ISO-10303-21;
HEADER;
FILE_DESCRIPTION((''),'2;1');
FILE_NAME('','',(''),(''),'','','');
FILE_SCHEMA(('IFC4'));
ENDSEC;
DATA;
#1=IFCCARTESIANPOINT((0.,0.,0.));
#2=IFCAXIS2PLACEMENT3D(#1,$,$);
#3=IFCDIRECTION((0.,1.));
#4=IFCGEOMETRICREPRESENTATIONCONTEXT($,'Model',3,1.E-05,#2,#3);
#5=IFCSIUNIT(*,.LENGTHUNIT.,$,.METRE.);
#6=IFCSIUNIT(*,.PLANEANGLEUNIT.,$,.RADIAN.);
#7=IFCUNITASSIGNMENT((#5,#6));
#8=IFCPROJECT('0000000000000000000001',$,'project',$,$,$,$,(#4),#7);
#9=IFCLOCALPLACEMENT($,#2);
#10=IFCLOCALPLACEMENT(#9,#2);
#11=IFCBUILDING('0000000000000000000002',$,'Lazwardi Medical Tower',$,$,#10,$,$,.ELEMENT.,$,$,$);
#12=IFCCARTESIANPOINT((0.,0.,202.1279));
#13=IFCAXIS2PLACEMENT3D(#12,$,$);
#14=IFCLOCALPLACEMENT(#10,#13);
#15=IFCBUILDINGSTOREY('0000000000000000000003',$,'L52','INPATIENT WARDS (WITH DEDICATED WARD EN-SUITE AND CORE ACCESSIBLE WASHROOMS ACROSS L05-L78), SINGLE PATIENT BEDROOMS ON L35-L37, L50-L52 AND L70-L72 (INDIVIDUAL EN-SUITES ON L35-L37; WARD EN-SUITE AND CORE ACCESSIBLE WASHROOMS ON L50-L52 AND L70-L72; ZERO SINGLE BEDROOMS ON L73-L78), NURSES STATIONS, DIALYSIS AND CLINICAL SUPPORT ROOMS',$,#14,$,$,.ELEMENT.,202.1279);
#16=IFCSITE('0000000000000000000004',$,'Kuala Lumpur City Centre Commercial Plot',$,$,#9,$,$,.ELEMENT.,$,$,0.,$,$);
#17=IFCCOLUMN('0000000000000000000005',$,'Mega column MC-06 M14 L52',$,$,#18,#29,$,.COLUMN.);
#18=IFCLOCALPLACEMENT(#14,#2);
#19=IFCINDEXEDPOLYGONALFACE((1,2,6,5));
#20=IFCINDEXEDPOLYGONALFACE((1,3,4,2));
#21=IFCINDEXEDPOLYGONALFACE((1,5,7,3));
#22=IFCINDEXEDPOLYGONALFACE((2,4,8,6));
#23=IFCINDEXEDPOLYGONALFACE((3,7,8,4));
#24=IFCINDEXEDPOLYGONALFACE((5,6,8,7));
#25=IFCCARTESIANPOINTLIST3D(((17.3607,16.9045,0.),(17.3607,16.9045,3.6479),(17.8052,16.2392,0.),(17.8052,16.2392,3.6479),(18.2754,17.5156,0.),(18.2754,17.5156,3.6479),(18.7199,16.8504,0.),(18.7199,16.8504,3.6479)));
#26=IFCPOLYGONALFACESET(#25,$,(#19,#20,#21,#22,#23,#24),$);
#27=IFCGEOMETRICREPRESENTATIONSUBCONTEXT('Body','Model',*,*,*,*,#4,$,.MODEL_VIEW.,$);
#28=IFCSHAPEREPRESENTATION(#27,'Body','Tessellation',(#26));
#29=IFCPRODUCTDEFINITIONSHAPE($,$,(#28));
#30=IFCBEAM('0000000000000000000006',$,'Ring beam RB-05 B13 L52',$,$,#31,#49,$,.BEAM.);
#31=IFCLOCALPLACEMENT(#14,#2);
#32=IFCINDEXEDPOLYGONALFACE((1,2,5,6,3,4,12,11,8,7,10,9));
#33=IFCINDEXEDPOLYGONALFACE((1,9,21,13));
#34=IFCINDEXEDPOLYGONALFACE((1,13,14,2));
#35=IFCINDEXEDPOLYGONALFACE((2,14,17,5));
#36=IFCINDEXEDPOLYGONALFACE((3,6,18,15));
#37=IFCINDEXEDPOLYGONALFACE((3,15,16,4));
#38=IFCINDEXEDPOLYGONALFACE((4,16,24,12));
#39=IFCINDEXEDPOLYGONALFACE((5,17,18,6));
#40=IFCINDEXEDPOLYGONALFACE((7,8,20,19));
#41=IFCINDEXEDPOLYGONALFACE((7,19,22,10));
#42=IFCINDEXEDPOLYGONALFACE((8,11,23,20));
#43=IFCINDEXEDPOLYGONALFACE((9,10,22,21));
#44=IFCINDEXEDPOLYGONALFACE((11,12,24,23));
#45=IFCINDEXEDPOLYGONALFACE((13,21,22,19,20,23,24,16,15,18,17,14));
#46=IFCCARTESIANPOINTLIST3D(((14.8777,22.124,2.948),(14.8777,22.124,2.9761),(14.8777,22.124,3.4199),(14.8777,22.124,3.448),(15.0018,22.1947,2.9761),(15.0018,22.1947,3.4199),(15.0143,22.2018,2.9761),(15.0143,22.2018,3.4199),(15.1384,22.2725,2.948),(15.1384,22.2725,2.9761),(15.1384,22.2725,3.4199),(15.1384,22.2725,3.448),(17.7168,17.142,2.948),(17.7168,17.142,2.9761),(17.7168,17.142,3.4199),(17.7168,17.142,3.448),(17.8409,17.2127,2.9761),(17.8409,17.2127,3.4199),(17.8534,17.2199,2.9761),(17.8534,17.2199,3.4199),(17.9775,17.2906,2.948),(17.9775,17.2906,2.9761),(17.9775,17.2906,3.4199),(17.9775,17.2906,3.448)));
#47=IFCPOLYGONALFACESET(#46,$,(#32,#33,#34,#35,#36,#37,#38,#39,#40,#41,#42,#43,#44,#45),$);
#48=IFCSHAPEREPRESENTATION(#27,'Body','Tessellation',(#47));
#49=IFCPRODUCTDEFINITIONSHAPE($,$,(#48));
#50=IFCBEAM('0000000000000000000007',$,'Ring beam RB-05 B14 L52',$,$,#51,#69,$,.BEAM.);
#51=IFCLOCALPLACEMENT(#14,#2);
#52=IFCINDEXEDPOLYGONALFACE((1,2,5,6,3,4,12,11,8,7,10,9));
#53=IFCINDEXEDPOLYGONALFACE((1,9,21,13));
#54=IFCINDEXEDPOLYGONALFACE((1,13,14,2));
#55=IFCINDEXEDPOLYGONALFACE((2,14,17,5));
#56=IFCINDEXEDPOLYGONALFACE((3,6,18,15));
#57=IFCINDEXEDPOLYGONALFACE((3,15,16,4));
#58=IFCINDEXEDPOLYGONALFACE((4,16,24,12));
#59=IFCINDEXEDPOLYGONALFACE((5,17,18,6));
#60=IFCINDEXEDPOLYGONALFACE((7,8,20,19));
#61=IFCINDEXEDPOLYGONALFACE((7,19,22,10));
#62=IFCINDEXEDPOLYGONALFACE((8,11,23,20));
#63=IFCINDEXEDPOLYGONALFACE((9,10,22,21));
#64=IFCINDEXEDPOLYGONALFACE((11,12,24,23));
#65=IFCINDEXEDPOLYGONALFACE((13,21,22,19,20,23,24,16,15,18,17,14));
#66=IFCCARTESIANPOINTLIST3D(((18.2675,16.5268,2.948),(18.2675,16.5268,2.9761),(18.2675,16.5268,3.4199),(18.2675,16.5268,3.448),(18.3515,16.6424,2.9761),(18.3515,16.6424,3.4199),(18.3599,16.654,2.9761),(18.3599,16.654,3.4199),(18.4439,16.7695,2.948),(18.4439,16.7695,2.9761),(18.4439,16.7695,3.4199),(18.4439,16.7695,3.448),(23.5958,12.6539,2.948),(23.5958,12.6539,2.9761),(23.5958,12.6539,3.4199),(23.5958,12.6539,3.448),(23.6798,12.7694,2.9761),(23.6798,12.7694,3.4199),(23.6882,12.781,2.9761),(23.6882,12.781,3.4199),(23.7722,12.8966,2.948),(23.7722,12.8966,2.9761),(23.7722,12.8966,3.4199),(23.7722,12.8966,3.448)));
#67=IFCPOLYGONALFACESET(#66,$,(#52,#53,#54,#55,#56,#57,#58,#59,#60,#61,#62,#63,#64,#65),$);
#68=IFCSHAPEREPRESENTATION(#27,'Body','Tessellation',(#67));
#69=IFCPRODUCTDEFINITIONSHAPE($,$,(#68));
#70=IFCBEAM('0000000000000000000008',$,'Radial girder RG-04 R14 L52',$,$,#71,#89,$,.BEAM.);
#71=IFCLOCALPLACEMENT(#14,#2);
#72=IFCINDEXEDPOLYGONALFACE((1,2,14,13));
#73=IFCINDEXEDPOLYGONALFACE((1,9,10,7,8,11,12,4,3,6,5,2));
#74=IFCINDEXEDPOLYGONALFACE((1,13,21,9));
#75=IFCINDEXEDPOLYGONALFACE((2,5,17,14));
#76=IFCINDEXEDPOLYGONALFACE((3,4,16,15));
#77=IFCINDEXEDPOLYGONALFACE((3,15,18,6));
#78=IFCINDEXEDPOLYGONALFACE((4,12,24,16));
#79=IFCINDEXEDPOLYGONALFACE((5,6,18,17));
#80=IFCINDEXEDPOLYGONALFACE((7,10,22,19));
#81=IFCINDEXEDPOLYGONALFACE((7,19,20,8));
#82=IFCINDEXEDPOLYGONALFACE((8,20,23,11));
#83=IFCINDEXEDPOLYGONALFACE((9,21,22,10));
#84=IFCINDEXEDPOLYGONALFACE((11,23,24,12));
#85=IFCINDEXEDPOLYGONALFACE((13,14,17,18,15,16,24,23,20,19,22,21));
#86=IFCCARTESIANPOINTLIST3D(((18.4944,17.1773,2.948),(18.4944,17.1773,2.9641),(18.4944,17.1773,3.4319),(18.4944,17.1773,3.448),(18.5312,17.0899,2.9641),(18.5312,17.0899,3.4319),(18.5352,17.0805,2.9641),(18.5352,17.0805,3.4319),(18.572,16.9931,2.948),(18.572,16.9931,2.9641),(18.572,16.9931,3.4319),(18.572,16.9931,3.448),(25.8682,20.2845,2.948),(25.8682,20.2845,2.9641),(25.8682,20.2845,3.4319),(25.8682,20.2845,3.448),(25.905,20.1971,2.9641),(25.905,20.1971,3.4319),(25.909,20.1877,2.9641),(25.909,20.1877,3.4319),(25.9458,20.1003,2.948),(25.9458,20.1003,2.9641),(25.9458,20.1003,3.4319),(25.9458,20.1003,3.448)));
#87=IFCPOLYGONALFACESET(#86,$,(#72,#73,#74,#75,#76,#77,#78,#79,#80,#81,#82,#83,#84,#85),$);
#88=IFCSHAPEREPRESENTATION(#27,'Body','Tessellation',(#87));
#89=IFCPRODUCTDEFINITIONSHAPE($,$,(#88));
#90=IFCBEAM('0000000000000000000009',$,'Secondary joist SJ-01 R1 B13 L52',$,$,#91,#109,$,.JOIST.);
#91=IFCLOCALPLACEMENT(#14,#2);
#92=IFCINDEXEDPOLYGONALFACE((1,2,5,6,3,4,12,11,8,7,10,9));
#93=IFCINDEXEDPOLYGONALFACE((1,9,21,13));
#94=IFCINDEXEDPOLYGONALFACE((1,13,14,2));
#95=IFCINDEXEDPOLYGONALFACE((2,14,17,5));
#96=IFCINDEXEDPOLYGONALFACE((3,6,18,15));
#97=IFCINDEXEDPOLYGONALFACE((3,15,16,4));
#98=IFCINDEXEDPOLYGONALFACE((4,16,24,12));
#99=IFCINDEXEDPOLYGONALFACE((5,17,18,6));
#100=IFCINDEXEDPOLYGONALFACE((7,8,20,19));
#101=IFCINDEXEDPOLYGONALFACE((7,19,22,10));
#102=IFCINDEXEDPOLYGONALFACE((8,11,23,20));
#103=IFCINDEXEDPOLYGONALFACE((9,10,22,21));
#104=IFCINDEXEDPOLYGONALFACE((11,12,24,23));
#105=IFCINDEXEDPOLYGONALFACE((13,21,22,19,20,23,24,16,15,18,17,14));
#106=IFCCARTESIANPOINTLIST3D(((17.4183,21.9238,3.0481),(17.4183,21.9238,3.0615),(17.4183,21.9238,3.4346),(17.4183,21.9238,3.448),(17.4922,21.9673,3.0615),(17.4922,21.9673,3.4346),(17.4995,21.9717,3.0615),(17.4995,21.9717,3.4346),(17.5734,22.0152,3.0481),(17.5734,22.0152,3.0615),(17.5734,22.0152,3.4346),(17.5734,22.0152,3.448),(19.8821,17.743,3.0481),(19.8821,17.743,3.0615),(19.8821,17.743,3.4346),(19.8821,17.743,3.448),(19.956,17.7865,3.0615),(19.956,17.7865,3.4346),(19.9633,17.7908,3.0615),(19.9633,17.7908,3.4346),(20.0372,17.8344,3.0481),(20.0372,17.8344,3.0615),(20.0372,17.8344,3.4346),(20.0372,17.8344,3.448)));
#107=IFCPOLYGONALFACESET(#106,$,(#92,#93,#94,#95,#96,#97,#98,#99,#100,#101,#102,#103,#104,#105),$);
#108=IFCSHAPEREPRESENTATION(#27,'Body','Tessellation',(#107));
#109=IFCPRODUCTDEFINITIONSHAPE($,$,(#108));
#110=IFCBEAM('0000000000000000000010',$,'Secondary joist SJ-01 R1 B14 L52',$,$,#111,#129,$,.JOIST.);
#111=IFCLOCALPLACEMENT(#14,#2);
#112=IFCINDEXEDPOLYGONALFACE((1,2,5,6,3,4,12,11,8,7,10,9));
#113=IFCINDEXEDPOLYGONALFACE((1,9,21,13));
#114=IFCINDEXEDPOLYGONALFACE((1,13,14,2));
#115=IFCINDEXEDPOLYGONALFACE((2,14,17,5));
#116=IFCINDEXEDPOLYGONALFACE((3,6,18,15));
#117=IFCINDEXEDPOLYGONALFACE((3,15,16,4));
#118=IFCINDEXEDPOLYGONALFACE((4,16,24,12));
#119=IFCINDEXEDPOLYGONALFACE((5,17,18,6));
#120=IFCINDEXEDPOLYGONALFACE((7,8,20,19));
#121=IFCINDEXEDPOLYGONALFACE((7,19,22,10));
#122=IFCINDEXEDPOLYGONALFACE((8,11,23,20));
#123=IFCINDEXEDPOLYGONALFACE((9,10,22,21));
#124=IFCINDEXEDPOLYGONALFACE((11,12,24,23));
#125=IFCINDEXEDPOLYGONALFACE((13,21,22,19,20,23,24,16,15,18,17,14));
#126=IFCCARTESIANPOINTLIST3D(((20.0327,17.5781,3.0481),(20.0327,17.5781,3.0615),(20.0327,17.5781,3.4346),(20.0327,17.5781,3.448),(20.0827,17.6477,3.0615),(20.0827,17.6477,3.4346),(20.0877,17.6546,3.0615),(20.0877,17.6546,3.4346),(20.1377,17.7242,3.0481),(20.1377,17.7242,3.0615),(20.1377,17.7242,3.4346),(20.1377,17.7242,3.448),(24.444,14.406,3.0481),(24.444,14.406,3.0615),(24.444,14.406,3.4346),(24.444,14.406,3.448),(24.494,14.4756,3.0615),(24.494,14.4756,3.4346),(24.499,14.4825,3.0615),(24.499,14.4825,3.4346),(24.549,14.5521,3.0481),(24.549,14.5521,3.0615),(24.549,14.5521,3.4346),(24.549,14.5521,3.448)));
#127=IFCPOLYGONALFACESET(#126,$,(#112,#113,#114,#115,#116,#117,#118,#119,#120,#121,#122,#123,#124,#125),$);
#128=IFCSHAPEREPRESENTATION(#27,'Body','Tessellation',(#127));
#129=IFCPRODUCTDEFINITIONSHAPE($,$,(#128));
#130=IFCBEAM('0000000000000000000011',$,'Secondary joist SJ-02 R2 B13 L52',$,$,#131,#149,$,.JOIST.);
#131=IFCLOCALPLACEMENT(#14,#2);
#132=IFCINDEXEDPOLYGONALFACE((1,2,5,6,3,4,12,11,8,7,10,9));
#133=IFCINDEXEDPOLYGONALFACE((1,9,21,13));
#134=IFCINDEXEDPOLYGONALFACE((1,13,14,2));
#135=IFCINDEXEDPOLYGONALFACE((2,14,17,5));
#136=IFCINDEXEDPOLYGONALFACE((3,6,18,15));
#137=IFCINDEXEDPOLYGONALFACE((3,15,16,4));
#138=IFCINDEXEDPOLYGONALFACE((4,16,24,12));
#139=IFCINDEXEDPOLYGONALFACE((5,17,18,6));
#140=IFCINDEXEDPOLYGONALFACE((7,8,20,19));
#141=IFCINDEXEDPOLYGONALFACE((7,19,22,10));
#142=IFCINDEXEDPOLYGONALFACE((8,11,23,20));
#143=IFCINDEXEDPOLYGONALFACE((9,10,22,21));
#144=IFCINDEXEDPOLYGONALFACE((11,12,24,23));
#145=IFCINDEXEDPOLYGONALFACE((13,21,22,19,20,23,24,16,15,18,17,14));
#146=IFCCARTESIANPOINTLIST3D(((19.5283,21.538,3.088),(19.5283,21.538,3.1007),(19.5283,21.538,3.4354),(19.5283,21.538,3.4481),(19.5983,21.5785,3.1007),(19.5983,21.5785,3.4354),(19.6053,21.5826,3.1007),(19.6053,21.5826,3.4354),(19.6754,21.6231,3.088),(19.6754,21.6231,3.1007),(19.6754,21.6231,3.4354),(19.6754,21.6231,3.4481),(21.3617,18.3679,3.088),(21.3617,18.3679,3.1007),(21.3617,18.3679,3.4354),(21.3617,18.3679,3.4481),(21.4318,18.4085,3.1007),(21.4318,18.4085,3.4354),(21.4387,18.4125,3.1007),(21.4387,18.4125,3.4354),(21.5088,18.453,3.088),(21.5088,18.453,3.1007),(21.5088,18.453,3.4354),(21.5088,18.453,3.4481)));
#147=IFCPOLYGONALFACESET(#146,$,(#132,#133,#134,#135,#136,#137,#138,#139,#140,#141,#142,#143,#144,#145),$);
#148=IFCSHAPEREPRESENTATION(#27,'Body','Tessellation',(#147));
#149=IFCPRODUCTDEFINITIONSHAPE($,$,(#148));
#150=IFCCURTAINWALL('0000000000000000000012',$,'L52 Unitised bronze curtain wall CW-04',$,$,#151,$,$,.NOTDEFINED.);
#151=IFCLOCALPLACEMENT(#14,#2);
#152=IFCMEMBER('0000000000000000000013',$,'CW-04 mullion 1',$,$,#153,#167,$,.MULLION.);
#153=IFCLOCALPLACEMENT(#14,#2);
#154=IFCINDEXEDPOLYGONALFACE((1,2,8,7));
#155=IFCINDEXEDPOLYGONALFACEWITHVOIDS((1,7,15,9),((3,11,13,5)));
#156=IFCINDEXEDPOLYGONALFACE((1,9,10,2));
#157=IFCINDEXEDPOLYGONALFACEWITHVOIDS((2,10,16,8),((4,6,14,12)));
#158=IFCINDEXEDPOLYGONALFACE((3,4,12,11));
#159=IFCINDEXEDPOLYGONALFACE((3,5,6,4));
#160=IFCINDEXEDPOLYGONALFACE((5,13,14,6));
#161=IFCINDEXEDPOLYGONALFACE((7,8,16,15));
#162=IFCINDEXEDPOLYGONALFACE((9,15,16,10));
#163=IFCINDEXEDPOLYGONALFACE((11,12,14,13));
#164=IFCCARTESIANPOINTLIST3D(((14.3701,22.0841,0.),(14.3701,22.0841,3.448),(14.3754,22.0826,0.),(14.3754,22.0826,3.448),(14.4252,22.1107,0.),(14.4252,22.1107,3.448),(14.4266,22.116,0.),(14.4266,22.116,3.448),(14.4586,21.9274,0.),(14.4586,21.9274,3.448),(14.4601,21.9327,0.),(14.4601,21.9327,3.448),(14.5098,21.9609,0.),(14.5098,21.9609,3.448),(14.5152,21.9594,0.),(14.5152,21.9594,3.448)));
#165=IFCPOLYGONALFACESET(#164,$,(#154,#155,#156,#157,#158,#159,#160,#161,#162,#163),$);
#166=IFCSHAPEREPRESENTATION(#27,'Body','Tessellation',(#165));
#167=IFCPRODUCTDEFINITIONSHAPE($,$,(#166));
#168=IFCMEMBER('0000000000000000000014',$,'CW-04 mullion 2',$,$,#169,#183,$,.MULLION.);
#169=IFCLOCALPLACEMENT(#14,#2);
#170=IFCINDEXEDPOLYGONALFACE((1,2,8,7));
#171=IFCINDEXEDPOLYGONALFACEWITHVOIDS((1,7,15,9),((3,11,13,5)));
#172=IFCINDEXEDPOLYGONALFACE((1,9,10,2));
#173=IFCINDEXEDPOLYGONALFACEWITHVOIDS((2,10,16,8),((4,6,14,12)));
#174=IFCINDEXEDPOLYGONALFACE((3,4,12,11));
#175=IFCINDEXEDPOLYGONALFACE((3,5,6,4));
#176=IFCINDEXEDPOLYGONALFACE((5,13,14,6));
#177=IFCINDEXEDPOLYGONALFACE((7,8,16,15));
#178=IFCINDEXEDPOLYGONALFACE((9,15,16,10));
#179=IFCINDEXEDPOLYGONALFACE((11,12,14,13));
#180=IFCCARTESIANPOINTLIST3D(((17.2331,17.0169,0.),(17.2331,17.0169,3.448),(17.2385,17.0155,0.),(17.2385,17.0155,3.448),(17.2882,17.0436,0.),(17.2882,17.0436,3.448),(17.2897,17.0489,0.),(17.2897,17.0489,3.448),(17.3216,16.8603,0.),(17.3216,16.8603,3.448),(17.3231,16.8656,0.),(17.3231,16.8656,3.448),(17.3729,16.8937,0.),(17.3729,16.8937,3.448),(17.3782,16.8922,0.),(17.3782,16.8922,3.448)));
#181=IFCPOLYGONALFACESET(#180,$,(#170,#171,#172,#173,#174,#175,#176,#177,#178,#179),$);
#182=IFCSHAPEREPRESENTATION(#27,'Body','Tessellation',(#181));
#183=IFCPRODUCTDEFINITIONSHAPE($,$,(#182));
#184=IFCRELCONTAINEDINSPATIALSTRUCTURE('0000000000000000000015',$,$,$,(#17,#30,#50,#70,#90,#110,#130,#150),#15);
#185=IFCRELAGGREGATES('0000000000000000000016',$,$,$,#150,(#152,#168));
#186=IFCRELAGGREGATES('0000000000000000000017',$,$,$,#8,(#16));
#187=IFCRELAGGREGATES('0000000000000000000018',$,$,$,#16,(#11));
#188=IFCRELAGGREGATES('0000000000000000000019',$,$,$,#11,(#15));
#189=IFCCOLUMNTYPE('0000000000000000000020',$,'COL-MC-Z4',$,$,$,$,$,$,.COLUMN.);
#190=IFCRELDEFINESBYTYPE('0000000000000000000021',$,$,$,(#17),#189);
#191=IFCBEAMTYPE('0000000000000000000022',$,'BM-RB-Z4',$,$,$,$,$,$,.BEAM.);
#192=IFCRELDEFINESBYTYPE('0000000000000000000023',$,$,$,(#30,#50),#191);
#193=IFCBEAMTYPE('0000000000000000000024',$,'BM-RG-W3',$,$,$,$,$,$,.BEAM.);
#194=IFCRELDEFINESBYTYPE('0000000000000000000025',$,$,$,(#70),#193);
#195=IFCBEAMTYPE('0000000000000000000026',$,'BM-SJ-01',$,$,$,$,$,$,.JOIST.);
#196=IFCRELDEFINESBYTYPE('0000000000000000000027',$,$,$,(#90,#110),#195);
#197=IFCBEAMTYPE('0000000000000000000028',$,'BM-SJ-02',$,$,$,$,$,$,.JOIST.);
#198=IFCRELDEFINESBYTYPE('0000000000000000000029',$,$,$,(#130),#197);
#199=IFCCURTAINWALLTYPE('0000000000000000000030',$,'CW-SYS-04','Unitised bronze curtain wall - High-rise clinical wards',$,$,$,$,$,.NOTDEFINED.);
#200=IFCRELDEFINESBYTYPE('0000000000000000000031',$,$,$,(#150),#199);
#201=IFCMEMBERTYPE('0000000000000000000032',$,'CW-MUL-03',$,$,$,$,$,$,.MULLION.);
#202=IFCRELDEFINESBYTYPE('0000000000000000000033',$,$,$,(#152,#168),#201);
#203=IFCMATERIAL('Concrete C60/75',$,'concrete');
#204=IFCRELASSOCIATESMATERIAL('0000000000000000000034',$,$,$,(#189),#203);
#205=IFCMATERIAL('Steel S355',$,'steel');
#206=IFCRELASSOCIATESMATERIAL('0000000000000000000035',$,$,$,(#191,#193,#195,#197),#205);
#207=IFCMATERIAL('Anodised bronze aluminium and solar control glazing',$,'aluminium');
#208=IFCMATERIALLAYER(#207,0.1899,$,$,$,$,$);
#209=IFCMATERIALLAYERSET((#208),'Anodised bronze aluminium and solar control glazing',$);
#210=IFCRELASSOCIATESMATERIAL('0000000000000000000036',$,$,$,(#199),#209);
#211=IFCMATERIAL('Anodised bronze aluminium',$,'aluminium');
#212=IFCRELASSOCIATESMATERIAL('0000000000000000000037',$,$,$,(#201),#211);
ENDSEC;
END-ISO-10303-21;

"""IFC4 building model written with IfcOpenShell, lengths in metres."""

from ifc_helpers import new_model, si_unit, direction, frame, origin, origin_2d, place, context, subcontext, project, spatial, rectangle, hollow_rectangle, i_section, extrude, material, layer, layer_set, material_profile, profile_set, type_object, element, aggregate, save


model = new_model("IFC4")

# Units and contexts
model_context = context("Model", 3, precision=1e-05, world=origin(), true_north=direction((0.0, 1.0)))
body_context = subcontext(model_context, "Body", "Model", "MODEL_VIEW")
ifc_project = project(units=[si_unit("LENGTHUNIT", "METRE"), si_unit("PLANEANGLEUNIT", "RADIAN")], contexts=[model_context])

# Site, building, storey
site_placement = place(None, origin())
site = spatial("IfcSite", under=ifc_project, at=site_placement, Name="Kuala Lumpur City Centre Commercial Plot", CompositionType="ELEMENT", RefElevation=0.0)
building_placement = place(site_placement, origin())
building = spatial("IfcBuilding", under=site, at=building_placement, Name="Lazwardi Medical Tower", CompositionType="ELEMENT")
storey_placement = place(building_placement, frame((0.0, 0.0, 202.1279)))
storey = spatial("IfcBuildingStorey", under=building, at=storey_placement, Name="L52", Description="INPATIENT WARDS (WITH DEDICATED WARD EN-SUITE AND CORE ACCESSIBLE WASHROOMS ACROSS L05-L78), SINGLE PATIENT BEDROOMS ON L35-L37, L50-L52 AND L70-L72 (INDIVIDUAL EN-SUITES ON L35-L37; WARD EN-SUITE AND CORE ACCESSIBLE WASHROOMS ON L50-L52 AND L70-L72; ZERO SINGLE BEDROOMS ON L73-L78), NURSES STATIONS, DIALYSIS AND CLINICAL SUPPORT ROOMS", CompositionType="ELEMENT", Elevation=202.1279)

# Column
ifc_material_1 = material(Name="Concrete C60/75", Category="concrete")
ifc_material_profile_1 = material_profile(ifc_material_1, rectangle(XDim=1.1001, YDim=0.8, at=origin_2d()), Name="CFT-RECT 1100x800")
ifc_profile_set_1 = profile_set([ifc_material_profile_1], Name="Concrete C60/75")
column_type = type_object("IfcColumnType", Name="COL-MC-Z4", PredefinedType="COLUMN", material=ifc_profile_set_1)
column_placement = place(storey_placement, frame((18.0403, 16.8774, 0.0), z_axis=(0.0, 0.0, 1.0), x_axis=(-0.83147, -0.55557, 0.0)))
element("IfcColumn", 1, at=column_placement, inside=storey, type_object=column_type, Name="Mega column MC-06 M14 L52", PredefinedType="COLUMN", context=body_context, shape_type="SweptSolid", body=[
    extrude(rectangle(XDim=1.1001, YDim=0.8, at=origin_2d()), origin(), (0.0, 0.0, 1.0), 3.6479),
])

# Beams
ifc_material_2 = material(Name="Steel S355", Category="steel")
ifc_material_profile_2 = material_profile(ifc_material_2, i_section(OverallWidth=0.3, OverallDepth=0.5, WebThickness=0.0144, FlangeThickness=0.0281, at=origin_2d()), Name="HEB 500")
ifc_profile_set_2 = profile_set([ifc_material_profile_2], Name="Steel S355")
beam_type_1 = type_object("IfcBeamType", Name="BM-RB-Z4", PredefinedType="BEAM", material=ifc_profile_set_2)
beam_1_placement = place(storey_placement, frame((15.0081, 22.1982, 3.198), z_axis=(0.495125, -0.868822, 0.0), x_axis=(0.868822, 0.495125, 0.0)))
element("IfcBeam", 2, at=beam_1_placement, inside=storey, type_object=beam_type_1, Name="Ring beam RB-05 B13 L52", PredefinedType="BEAM", context=body_context, shape_type="SweptSolid", body=[
    extrude(i_section(OverallWidth=0.3, OverallDepth=0.5, WebThickness=0.0144, FlangeThickness=0.0281, at=origin_2d()), origin(), (0.0, 0.0, 1.0), 5.7341),
])
beam_2_placement = place(storey_placement, frame((18.3557, 16.6482, 3.198), z_axis=(0.80889, -0.58796, 0.0), x_axis=(0.58796, 0.80889, 0.0)))
element("IfcBeam", 3, at=beam_2_placement, inside=storey, type_object=beam_type_1, Name="Ring beam RB-05 B14 L52", PredefinedType="BEAM", context=body_context, shape_type="SweptSolid", body=[
    extrude(i_section(OverallWidth=0.3, OverallDepth=0.5, WebThickness=0.0144, FlangeThickness=0.0281, at=origin_2d()), origin(), (0.0, 0.0, 1.0), 6.5872),
])
ifc_material_profile_3 = material_profile(ifc_material_2, i_section(OverallWidth=0.2, OverallDepth=0.5, WebThickness=0.0103, FlangeThickness=0.0161, at=origin_2d()), Name="IPE 500")
ifc_profile_set_3 = profile_set([ifc_material_profile_3], Name="Steel S355")
beam_type_2 = type_object("IfcBeamType", Name="BM-RG-W3", PredefinedType="BEAM", material=ifc_profile_set_3)
beam_3_placement = place(storey_placement, frame((18.5332, 17.0852, 3.198), z_axis=(0.921527, 0.388315, 0.0), x_axis=(-0.388315, 0.921527, 0.0)))
element("IfcBeam", 4, at=beam_3_placement, inside=storey, type_object=beam_type_2, Name="Radial girder RG-04 R14 L52", PredefinedType="BEAM", context=body_context, shape_type="SweptSolid", body=[
    extrude(i_section(OverallWidth=0.2, OverallDepth=0.5, WebThickness=0.0103, FlangeThickness=0.0161, at=origin_2d()), origin(), (0.0, 0.0, 1.0), 8.0017),
])
ifc_material_profile_4 = material_profile(ifc_material_2, i_section(OverallWidth=0.1799, OverallDepth=0.3999, WebThickness=0.0085, FlangeThickness=0.0134, at=origin_2d()), Name="IPE 400")
ifc_profile_set_4 = profile_set([ifc_material_profile_4], Name="Steel S355")
beam_type_3 = type_object("IfcBeamType", Name="BM-SJ-01", PredefinedType="JOIST", material=ifc_profile_set_4)
beam_4_placement = place(storey_placement, frame((17.4958, 21.9695, 3.248), z_axis=(0.50771, -0.861528, 0.0), x_axis=(0.861528, 0.50771, 0.0)))
element("IfcBeam", 5, at=beam_4_placement, inside=storey, type_object=beam_type_3, Name="Secondary joist SJ-01 R1 B13 L52", PredefinedType="JOIST", context=body_context, shape_type="SweptSolid", body=[
    extrude(i_section(OverallWidth=0.1799, OverallDepth=0.3999, WebThickness=0.0085, FlangeThickness=0.0134, at=origin_2d()), origin(), (0.0, 0.0, 1.0), 4.8528),
])
beam_5_placement = place(storey_placement, frame((20.0852, 17.6511, 3.248), z_axis=(0.81189, -0.583811, 0.0), x_axis=(0.583811, 0.81189, 0.0)))
element("IfcBeam", 6, at=beam_5_placement, inside=storey, type_object=beam_type_3, Name="Secondary joist SJ-01 R1 B14 L52", PredefinedType="JOIST", context=body_context, shape_type="SweptSolid", body=[
    extrude(i_section(OverallWidth=0.1799, OverallDepth=0.3999, WebThickness=0.0085, FlangeThickness=0.0134, at=origin_2d()), origin(), (0.0, 0.0, 1.0), 5.4333),
])
ifc_material_profile_5 = material_profile(ifc_material_2, i_section(OverallWidth=0.1699, OverallDepth=0.3601, WebThickness=0.0081, FlangeThickness=0.0127, at=origin_2d()), Name="IPE 360")
ifc_profile_set_5 = profile_set([ifc_material_profile_5], Name="Steel S355")
beam_type_4 = type_object("IfcBeamType", Name="BM-SJ-02", PredefinedType="JOIST", material=ifc_profile_set_5)
beam_6_placement = place(storey_placement, frame((19.6018, 21.5806, 3.2681), z_axis=(0.500655, -0.865647, 0.0), x_axis=(0.865647, 0.500655, 0.0)))
element("IfcBeam", 7, at=beam_6_placement, inside=storey, type_object=beam_type_4, Name="Secondary joist SJ-02 R2 B13 L52", PredefinedType="JOIST", context=body_context, shape_type="SweptSolid", body=[
    extrude(i_section(OverallWidth=0.1699, OverallDepth=0.3601, WebThickness=0.0081, FlangeThickness=0.0127, at=origin_2d()), origin(), (0.0, 0.0, 1.0), 3.6621),
])

# Curtain wall, members
ifc_material_3 = material(Name="Anodised bronze aluminium and solar control glazing", Category="aluminium")
ifc_layer_1 = layer(ifc_material_3, 0.1899)
ifc_layer_set_1 = layer_set([ifc_layer_1], Name="Anodised bronze aluminium and solar control glazing")
curtain_wall_type = type_object("IfcCurtainWallType", Name="CW-SYS-04", Description="Unitised bronze curtain wall - High-rise clinical wards", PredefinedType="NOTDEFINED", material=ifc_layer_set_1)
curtain_wall_1_placement = place(storey_placement, origin())
curtain_wall_1 = element("IfcCurtainWall", 8, at=curtain_wall_1_placement, inside=storey, type_object=curtain_wall_type, Name="L52 Unitised bronze curtain wall CW-04", PredefinedType="NOTDEFINED")
ifc_material_4 = material(Name="Anodised bronze aluminium", Category="aluminium")
ifc_material_profile_6 = material_profile(ifc_material_4, hollow_rectangle(XDim=0.0649, YDim=0.1799, WallThickness=0.0039, at=origin_2d()), Name="ALU-MULLION 180x65x4")
ifc_profile_set_6 = profile_set([ifc_material_profile_6], Name="Anodised bronze aluminium")
member_type_1 = type_object("IfcMemberType", Name="CW-MUL-03", PredefinedType="MULLION", material=ifc_profile_set_6)
member_1_placement = place(storey_placement, frame((14.4426, 22.0217, 0.0), z_axis=(0.0, 0.0, 1.0), x_axis=(0.870651, 0.4919, 0.0)))
member_1 = element("IfcMember", 9, at=member_1_placement, type_object=member_type_1, Name="CW-04 mullion 1", PredefinedType="MULLION", context=body_context, shape_type="SweptSolid", body=[
    extrude(hollow_rectangle(XDim=0.0649, YDim=0.1799, WallThickness=0.0039, at=origin_2d()), origin(), (0.0, 0.0, 1.0), 3.448),
])
member_2_placement = place(storey_placement, frame((17.3057, 16.9546, 0.0), z_axis=(0.0, 0.0, 1.0), x_axis=(0.870651, 0.4919, 0.0)))
member_2 = element("IfcMember", 10, at=member_2_placement, type_object=member_type_1, Name="CW-04 mullion 2", PredefinedType="MULLION", context=body_context, shape_type="SweptSolid", body=[
    extrude(hollow_rectangle(XDim=0.0649, YDim=0.1799, WallThickness=0.0039, at=origin_2d()), origin(), (0.0, 0.0, 1.0), 3.448),
])

aggregate(curtain_wall_1, [member_1, member_2])

save(model, "model.ifc")
